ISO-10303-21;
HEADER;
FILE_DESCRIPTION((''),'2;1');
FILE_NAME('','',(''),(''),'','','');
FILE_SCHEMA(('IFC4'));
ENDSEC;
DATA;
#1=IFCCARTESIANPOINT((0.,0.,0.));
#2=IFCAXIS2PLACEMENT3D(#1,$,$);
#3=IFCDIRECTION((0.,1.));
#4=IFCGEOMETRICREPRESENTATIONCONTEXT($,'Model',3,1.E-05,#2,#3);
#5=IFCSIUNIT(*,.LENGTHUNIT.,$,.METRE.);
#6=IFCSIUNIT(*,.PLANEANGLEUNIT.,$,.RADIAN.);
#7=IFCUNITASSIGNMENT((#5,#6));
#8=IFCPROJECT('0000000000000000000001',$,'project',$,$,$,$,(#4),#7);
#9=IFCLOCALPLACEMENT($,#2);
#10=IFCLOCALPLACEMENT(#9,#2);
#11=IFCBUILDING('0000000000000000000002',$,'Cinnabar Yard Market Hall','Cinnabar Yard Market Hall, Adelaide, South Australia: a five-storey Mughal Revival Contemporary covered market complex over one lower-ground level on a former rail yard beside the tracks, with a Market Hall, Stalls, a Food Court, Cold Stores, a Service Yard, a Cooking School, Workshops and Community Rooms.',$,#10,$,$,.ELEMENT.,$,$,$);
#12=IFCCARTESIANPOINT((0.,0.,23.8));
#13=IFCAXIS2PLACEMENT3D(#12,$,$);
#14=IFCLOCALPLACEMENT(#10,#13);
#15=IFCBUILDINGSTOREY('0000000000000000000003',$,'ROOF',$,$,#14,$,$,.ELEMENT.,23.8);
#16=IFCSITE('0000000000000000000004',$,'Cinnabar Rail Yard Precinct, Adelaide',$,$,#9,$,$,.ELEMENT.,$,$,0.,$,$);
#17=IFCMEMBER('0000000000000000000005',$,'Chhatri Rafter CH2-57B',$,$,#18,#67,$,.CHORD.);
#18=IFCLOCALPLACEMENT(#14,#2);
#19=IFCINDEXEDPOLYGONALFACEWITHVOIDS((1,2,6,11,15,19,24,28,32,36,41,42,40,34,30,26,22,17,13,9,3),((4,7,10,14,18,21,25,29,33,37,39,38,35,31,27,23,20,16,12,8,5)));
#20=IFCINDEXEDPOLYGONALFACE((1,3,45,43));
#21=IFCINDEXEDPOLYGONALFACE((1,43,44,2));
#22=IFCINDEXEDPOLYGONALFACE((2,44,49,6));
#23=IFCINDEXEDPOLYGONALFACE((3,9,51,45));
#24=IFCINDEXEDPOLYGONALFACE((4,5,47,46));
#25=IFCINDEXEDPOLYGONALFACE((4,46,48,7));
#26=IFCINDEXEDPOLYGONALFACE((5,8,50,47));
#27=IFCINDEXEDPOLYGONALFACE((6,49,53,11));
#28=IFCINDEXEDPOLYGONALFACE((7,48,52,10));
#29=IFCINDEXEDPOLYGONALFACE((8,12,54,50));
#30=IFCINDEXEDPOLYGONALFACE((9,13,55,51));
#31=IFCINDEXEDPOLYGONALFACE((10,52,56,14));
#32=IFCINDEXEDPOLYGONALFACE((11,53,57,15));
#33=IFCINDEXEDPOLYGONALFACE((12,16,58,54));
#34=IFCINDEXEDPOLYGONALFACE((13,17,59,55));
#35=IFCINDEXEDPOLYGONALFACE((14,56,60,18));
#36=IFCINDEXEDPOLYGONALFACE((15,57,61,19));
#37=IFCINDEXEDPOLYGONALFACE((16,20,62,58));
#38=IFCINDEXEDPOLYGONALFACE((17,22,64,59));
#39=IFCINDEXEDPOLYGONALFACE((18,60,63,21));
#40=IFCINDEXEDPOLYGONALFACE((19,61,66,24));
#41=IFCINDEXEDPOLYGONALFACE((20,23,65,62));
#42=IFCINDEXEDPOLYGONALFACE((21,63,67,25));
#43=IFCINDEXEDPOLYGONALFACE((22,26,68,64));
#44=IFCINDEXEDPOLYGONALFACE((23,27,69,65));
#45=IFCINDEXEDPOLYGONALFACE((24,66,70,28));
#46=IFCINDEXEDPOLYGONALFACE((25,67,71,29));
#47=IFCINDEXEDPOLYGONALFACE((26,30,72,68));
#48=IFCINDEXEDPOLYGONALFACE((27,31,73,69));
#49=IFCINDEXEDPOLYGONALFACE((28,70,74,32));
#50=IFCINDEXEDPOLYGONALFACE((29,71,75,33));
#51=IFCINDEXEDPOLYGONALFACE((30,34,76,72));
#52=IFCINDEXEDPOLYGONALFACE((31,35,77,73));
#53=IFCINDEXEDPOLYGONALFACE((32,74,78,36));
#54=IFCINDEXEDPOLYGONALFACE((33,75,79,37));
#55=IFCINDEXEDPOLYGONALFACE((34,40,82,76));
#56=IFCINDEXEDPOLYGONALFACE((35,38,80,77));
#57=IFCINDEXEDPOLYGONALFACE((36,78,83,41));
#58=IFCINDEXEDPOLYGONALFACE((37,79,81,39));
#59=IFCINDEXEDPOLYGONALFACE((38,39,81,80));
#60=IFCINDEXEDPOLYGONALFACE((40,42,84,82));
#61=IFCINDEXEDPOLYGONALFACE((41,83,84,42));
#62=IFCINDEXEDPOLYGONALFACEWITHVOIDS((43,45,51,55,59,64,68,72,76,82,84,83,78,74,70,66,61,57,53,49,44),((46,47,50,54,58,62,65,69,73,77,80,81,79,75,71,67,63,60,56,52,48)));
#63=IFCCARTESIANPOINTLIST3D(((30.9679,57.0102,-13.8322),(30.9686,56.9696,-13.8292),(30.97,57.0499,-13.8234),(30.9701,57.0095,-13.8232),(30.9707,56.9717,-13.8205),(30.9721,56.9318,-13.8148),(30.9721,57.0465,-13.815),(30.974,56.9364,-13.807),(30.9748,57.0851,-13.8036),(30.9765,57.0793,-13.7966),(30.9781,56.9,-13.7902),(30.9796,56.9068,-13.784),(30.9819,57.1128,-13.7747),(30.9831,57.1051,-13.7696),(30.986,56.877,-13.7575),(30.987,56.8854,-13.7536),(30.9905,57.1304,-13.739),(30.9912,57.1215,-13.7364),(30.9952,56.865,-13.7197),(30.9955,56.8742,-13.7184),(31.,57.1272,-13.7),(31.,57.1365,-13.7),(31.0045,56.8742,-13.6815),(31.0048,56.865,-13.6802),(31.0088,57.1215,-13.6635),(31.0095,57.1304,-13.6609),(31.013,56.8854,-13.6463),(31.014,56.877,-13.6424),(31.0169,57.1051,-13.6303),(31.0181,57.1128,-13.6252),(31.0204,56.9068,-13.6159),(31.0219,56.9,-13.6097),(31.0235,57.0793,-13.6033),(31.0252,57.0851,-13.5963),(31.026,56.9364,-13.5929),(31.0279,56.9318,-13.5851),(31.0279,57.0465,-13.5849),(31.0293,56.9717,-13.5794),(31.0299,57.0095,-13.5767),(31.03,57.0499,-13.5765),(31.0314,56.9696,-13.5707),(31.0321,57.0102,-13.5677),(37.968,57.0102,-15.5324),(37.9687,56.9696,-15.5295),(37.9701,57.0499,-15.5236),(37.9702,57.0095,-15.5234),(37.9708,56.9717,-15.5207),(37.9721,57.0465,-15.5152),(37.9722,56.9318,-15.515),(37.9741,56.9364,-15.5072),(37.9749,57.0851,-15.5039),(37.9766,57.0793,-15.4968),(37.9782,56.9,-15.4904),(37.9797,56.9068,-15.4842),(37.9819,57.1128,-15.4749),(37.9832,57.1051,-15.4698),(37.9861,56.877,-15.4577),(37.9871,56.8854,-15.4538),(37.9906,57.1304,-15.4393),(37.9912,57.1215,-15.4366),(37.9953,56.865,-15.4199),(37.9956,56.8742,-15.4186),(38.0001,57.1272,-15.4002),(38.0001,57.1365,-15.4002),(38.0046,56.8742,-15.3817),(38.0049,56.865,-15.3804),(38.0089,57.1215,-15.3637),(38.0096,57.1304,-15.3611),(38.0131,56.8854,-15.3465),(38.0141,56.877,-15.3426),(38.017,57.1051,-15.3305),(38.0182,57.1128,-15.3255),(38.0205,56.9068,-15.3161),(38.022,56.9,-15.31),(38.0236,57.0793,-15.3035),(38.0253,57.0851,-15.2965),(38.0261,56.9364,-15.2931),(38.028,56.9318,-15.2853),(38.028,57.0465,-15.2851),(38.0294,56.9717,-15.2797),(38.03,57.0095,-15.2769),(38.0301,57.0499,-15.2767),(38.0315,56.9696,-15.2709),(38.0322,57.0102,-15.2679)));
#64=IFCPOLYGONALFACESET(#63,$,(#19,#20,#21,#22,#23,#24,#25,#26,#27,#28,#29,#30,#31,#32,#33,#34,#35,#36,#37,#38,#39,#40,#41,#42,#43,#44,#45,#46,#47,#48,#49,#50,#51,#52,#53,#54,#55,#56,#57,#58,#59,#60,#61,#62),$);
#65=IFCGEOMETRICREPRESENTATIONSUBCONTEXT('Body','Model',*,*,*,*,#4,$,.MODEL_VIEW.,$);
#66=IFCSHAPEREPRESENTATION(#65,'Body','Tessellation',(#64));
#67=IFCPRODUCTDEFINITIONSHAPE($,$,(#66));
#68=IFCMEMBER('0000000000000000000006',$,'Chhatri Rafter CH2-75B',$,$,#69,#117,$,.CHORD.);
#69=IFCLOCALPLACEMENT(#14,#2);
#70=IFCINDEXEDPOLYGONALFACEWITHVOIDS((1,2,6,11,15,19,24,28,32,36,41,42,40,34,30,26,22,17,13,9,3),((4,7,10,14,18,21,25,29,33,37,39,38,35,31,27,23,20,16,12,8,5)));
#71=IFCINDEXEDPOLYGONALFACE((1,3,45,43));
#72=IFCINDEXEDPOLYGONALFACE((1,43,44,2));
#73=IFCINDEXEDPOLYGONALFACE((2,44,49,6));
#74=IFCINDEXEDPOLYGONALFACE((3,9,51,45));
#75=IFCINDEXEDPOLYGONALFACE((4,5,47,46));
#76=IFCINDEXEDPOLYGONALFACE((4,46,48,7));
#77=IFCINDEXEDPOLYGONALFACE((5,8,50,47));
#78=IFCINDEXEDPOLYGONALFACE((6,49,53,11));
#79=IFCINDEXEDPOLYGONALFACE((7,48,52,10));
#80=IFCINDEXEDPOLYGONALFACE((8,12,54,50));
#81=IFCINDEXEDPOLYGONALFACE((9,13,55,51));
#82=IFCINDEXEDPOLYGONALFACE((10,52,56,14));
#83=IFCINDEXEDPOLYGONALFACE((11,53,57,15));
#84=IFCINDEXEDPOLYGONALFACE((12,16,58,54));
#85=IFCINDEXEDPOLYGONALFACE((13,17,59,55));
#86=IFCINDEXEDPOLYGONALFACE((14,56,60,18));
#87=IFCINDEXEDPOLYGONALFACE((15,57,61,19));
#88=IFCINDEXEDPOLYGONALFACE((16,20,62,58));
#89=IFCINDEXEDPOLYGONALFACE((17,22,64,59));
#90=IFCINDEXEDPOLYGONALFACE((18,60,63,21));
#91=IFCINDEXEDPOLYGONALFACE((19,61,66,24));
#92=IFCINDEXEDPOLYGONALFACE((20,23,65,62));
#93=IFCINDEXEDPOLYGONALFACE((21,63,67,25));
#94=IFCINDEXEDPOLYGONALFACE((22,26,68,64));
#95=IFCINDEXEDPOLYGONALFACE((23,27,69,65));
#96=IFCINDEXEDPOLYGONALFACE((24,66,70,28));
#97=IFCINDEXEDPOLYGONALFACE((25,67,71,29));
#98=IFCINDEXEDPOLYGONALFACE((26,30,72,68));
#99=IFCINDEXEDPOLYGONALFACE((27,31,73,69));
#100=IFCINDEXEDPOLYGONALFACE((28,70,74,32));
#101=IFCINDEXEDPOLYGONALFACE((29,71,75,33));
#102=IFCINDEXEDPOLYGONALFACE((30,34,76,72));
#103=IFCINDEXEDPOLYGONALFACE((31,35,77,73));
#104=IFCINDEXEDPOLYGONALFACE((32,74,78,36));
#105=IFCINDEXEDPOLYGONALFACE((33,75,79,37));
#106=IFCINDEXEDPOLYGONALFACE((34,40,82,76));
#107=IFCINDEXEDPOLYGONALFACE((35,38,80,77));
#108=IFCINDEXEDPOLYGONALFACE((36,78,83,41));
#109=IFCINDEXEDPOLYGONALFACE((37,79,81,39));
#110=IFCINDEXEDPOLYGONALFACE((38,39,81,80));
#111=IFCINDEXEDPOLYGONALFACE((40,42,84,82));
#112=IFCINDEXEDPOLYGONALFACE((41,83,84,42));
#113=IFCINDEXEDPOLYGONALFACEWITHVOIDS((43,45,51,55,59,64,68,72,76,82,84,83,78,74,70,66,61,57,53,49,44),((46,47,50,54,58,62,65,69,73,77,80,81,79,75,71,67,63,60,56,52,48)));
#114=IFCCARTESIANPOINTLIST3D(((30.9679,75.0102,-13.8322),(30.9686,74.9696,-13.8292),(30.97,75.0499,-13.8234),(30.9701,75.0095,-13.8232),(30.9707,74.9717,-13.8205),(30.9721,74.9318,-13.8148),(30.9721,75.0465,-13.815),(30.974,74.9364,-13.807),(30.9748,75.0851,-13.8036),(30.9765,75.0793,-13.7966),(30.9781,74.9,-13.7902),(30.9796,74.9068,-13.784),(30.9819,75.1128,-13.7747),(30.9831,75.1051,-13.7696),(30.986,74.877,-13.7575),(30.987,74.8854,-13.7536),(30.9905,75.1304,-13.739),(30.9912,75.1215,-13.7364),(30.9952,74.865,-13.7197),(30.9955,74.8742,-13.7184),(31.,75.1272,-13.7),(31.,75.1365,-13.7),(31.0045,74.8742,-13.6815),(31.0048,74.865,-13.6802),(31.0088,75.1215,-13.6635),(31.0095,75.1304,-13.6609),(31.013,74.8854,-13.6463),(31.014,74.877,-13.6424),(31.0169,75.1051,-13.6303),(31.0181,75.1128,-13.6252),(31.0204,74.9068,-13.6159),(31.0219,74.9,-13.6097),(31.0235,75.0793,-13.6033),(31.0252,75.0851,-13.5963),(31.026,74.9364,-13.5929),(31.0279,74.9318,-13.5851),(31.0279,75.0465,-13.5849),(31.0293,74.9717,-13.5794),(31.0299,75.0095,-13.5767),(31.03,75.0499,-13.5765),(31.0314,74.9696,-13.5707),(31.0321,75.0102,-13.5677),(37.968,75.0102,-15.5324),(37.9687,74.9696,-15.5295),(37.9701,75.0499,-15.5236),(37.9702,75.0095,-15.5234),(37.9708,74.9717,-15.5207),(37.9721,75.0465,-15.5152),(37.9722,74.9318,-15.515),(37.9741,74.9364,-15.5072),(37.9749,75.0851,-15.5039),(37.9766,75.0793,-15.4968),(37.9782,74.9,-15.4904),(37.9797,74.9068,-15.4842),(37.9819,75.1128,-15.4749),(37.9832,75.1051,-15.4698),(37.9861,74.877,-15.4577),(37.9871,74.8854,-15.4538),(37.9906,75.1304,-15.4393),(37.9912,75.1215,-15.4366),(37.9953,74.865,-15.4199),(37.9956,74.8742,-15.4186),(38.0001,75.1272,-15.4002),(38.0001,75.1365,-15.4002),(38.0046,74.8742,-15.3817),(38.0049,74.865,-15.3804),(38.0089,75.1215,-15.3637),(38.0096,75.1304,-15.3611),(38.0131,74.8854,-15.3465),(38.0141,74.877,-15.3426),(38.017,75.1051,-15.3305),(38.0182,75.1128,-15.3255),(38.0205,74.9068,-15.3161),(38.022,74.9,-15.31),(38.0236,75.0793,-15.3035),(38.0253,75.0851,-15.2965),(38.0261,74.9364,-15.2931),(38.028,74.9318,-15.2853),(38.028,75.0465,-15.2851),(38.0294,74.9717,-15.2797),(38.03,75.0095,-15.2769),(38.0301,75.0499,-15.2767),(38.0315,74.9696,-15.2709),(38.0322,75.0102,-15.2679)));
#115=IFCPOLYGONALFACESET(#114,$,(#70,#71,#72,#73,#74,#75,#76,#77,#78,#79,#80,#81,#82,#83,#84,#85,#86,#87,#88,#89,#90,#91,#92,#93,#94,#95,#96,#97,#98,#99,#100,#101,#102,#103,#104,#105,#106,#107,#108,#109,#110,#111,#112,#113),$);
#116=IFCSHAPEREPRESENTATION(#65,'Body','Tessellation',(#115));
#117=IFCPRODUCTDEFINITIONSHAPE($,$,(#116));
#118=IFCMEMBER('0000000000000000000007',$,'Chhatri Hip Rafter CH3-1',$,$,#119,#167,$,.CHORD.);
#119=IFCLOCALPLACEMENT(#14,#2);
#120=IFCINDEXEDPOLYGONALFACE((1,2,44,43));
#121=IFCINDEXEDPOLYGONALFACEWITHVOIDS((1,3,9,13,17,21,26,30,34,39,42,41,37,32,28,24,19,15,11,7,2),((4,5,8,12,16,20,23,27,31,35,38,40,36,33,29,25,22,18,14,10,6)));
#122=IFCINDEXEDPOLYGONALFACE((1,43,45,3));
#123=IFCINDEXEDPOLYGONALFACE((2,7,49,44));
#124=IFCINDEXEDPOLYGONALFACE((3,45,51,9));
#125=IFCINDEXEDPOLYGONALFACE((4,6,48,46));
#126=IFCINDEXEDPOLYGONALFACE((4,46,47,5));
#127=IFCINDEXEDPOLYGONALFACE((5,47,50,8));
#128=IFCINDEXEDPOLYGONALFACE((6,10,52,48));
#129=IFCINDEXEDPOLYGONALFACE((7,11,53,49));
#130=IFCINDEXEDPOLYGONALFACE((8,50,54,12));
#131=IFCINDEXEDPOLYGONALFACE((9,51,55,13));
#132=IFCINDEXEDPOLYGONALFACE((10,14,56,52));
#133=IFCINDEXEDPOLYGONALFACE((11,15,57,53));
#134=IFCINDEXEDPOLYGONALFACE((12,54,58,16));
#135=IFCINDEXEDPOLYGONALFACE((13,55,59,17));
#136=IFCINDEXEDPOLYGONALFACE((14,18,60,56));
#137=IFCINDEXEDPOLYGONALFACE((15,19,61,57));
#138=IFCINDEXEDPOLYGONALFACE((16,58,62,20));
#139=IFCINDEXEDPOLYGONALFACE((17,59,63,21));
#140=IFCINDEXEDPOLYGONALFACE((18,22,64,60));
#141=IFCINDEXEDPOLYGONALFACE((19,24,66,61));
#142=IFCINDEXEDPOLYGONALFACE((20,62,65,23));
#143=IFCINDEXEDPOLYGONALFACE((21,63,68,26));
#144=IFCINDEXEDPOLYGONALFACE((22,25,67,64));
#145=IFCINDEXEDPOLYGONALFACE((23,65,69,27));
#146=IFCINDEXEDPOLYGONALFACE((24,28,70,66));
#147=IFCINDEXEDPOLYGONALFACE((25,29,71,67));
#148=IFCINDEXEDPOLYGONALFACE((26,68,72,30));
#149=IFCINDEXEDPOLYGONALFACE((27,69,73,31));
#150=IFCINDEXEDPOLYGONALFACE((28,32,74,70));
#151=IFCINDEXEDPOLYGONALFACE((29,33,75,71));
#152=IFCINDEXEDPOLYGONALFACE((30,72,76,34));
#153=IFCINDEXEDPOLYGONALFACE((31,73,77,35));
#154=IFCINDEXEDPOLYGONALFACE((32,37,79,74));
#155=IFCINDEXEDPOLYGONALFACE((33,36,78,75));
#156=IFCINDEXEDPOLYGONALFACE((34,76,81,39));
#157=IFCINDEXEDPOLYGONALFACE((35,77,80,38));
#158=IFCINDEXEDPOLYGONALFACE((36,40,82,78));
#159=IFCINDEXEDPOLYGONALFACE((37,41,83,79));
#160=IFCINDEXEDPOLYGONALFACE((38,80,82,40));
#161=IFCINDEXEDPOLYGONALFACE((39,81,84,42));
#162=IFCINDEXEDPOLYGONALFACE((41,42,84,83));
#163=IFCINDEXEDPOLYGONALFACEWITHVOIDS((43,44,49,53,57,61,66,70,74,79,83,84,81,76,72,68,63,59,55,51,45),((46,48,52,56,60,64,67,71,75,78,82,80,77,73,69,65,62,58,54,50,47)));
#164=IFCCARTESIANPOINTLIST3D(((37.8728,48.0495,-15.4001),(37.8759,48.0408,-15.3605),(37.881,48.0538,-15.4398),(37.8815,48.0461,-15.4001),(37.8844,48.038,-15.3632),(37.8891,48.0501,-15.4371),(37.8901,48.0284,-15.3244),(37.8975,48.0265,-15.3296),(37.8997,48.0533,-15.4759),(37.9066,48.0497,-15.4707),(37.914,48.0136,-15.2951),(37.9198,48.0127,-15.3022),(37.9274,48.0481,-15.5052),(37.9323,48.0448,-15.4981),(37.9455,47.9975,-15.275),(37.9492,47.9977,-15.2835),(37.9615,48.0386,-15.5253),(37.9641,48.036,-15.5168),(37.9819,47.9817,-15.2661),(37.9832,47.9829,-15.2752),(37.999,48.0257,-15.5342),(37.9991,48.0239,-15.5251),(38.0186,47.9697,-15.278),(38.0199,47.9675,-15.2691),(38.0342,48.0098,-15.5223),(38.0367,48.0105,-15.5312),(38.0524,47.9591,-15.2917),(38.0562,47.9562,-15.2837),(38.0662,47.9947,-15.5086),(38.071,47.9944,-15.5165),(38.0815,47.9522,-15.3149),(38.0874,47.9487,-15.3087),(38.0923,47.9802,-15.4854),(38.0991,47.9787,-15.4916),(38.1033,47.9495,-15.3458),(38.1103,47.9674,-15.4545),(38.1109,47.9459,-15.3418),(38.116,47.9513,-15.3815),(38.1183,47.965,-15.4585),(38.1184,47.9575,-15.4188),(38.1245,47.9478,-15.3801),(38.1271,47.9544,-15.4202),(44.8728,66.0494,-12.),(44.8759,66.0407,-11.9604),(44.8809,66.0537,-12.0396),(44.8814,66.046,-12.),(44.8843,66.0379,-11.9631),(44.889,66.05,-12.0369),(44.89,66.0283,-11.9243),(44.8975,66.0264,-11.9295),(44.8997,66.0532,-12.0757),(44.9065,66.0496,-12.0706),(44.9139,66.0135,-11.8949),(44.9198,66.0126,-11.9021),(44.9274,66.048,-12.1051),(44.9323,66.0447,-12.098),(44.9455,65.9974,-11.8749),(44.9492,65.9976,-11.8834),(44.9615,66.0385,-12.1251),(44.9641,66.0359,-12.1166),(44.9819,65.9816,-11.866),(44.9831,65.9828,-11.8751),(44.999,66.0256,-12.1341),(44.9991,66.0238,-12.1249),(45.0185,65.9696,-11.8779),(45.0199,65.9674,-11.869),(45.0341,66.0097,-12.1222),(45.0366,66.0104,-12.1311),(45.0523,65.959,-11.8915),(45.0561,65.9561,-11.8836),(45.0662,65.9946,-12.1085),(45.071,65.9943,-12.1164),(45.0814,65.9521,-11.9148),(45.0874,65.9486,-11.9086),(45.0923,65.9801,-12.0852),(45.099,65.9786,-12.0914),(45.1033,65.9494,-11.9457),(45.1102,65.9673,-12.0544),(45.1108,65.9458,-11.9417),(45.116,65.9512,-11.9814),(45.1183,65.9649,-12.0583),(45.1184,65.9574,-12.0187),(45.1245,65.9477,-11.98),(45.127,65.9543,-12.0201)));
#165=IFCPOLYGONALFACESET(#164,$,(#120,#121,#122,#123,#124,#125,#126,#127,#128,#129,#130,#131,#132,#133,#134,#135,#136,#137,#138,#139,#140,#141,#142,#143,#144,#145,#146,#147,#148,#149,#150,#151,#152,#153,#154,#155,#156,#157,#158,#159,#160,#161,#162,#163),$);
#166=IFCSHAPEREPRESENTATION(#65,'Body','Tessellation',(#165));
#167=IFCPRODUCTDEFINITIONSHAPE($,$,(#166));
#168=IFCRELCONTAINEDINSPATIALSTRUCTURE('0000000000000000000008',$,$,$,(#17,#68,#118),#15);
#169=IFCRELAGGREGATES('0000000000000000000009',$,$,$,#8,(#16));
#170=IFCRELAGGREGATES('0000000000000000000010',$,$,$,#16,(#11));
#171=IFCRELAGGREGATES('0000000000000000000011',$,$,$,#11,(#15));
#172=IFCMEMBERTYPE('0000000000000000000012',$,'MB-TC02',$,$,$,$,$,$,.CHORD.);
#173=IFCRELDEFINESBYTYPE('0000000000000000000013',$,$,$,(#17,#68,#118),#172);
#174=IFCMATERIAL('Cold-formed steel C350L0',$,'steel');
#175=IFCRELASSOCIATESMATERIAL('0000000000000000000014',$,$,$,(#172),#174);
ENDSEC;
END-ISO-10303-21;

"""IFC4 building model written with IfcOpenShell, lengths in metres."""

from ifc_helpers import new_model, si_unit, direction, frame, origin, origin_2d_with_axis, place, context, subcontext, project, spatial, hollow_circle, extrude, material, material_profile, profile_set, type_object, element, save


model = new_model("IFC4")

# Units and contexts
model_context = context("Model", 3, precision=1e-05, world=origin(), true_north=direction((0.0, 1.0)))
body_context = subcontext(model_context, "Body", "Model", "MODEL_VIEW")
ifc_project = project(units=[si_unit("LENGTHUNIT", "METRE"), si_unit("PLANEANGLEUNIT", "RADIAN")], contexts=[model_context])

# Site, building, storey
site_placement = place(None, origin())
site = spatial("IfcSite", under=ifc_project, at=site_placement, Name="Cinnabar Rail Yard Precinct, Adelaide", CompositionType="ELEMENT", RefElevation=0.0)
building_placement = place(site_placement, origin())
building = spatial("IfcBuilding", under=site, at=building_placement, Name="Cinnabar Yard Market Hall", Description="Cinnabar Yard Market Hall, Adelaide, South Australia: a five-storey Mughal Revival Contemporary covered market complex over one lower-ground level on a former rail yard beside the tracks, with a Market Hall, Stalls, a Food Court, Cold Stores, a Service Yard, a Cooking School, Workshops and Community Rooms.", CompositionType="ELEMENT")
storey_placement = place(building_placement, frame((0.0, 0.0, 23.8)))
storey = spatial("IfcBuildingStorey", under=building, at=storey_placement, Name="ROOF", CompositionType="ELEMENT", Elevation=23.8)

# Members
ifc_material_1 = material(Name="Cold-formed steel C350L0", Category="steel")
ifc_material_profile_1 = material_profile(ifc_material_1, hollow_circle(Radius=0.1365, WallThickness=0.0093, at=origin_2d_with_axis()), Name="273.1x9.3CHS")
ifc_profile_set_1 = profile_set([ifc_material_profile_1], Name="Cold-formed steel C350L0")
member_type_1 = type_object("IfcMemberType", Name="MB-TC02", PredefinedType="CHORD", material=ifc_profile_set_1)
for number, where, z_axis, x_axis, name in (
    (1, (31.0, 57.0, -13.7), (0.971747, 0.0, -0.236023), (0.0, 1.0, 0.0), "Chhatri Rafter CH2-57B"),
    (2, (31.0, 75.0, -13.7), (0.971747, 0.0, -0.236023), (0.0, 1.0, 0.0), "Chhatri Rafter CH2-75B"),
):
    element("IfcMember", number, at=place(storey_placement, frame(where, z_axis=z_axis, x_axis=x_axis)), inside=storey, type_object=member_type_1, Name=name, PredefinedType="CHORD", context=body_context, shape_type="SweptSolid", body=[
        extrude(hollow_circle(Radius=0.1365, WallThickness=0.0093, at=origin_2d_with_axis()), origin(), (0.0, 0.0, 1.0), 7.2036),
    ])
for number, where, z_axis, x_axis, name in (
    (3, (38.0, 48.0, -15.4001), (0.356957, 0.917888, 0.173386), (-0.932005, 0.362446, 0.0), "Chhatri Hip Rafter CH3-1"),
):
    element("IfcMember", number, at=place(storey_placement, frame(where, z_axis=z_axis, x_axis=x_axis)), inside=storey, type_object=member_type_1, Name=name, PredefinedType="CHORD", context=body_context, shape_type="SweptSolid", body=[
        extrude(hollow_circle(Radius=0.1365, WallThickness=0.0093, at=origin_2d_with_axis()), origin(), (0.0, 0.0, 1.0), 19.6101),
    ])

save(model, "model.ifc")
